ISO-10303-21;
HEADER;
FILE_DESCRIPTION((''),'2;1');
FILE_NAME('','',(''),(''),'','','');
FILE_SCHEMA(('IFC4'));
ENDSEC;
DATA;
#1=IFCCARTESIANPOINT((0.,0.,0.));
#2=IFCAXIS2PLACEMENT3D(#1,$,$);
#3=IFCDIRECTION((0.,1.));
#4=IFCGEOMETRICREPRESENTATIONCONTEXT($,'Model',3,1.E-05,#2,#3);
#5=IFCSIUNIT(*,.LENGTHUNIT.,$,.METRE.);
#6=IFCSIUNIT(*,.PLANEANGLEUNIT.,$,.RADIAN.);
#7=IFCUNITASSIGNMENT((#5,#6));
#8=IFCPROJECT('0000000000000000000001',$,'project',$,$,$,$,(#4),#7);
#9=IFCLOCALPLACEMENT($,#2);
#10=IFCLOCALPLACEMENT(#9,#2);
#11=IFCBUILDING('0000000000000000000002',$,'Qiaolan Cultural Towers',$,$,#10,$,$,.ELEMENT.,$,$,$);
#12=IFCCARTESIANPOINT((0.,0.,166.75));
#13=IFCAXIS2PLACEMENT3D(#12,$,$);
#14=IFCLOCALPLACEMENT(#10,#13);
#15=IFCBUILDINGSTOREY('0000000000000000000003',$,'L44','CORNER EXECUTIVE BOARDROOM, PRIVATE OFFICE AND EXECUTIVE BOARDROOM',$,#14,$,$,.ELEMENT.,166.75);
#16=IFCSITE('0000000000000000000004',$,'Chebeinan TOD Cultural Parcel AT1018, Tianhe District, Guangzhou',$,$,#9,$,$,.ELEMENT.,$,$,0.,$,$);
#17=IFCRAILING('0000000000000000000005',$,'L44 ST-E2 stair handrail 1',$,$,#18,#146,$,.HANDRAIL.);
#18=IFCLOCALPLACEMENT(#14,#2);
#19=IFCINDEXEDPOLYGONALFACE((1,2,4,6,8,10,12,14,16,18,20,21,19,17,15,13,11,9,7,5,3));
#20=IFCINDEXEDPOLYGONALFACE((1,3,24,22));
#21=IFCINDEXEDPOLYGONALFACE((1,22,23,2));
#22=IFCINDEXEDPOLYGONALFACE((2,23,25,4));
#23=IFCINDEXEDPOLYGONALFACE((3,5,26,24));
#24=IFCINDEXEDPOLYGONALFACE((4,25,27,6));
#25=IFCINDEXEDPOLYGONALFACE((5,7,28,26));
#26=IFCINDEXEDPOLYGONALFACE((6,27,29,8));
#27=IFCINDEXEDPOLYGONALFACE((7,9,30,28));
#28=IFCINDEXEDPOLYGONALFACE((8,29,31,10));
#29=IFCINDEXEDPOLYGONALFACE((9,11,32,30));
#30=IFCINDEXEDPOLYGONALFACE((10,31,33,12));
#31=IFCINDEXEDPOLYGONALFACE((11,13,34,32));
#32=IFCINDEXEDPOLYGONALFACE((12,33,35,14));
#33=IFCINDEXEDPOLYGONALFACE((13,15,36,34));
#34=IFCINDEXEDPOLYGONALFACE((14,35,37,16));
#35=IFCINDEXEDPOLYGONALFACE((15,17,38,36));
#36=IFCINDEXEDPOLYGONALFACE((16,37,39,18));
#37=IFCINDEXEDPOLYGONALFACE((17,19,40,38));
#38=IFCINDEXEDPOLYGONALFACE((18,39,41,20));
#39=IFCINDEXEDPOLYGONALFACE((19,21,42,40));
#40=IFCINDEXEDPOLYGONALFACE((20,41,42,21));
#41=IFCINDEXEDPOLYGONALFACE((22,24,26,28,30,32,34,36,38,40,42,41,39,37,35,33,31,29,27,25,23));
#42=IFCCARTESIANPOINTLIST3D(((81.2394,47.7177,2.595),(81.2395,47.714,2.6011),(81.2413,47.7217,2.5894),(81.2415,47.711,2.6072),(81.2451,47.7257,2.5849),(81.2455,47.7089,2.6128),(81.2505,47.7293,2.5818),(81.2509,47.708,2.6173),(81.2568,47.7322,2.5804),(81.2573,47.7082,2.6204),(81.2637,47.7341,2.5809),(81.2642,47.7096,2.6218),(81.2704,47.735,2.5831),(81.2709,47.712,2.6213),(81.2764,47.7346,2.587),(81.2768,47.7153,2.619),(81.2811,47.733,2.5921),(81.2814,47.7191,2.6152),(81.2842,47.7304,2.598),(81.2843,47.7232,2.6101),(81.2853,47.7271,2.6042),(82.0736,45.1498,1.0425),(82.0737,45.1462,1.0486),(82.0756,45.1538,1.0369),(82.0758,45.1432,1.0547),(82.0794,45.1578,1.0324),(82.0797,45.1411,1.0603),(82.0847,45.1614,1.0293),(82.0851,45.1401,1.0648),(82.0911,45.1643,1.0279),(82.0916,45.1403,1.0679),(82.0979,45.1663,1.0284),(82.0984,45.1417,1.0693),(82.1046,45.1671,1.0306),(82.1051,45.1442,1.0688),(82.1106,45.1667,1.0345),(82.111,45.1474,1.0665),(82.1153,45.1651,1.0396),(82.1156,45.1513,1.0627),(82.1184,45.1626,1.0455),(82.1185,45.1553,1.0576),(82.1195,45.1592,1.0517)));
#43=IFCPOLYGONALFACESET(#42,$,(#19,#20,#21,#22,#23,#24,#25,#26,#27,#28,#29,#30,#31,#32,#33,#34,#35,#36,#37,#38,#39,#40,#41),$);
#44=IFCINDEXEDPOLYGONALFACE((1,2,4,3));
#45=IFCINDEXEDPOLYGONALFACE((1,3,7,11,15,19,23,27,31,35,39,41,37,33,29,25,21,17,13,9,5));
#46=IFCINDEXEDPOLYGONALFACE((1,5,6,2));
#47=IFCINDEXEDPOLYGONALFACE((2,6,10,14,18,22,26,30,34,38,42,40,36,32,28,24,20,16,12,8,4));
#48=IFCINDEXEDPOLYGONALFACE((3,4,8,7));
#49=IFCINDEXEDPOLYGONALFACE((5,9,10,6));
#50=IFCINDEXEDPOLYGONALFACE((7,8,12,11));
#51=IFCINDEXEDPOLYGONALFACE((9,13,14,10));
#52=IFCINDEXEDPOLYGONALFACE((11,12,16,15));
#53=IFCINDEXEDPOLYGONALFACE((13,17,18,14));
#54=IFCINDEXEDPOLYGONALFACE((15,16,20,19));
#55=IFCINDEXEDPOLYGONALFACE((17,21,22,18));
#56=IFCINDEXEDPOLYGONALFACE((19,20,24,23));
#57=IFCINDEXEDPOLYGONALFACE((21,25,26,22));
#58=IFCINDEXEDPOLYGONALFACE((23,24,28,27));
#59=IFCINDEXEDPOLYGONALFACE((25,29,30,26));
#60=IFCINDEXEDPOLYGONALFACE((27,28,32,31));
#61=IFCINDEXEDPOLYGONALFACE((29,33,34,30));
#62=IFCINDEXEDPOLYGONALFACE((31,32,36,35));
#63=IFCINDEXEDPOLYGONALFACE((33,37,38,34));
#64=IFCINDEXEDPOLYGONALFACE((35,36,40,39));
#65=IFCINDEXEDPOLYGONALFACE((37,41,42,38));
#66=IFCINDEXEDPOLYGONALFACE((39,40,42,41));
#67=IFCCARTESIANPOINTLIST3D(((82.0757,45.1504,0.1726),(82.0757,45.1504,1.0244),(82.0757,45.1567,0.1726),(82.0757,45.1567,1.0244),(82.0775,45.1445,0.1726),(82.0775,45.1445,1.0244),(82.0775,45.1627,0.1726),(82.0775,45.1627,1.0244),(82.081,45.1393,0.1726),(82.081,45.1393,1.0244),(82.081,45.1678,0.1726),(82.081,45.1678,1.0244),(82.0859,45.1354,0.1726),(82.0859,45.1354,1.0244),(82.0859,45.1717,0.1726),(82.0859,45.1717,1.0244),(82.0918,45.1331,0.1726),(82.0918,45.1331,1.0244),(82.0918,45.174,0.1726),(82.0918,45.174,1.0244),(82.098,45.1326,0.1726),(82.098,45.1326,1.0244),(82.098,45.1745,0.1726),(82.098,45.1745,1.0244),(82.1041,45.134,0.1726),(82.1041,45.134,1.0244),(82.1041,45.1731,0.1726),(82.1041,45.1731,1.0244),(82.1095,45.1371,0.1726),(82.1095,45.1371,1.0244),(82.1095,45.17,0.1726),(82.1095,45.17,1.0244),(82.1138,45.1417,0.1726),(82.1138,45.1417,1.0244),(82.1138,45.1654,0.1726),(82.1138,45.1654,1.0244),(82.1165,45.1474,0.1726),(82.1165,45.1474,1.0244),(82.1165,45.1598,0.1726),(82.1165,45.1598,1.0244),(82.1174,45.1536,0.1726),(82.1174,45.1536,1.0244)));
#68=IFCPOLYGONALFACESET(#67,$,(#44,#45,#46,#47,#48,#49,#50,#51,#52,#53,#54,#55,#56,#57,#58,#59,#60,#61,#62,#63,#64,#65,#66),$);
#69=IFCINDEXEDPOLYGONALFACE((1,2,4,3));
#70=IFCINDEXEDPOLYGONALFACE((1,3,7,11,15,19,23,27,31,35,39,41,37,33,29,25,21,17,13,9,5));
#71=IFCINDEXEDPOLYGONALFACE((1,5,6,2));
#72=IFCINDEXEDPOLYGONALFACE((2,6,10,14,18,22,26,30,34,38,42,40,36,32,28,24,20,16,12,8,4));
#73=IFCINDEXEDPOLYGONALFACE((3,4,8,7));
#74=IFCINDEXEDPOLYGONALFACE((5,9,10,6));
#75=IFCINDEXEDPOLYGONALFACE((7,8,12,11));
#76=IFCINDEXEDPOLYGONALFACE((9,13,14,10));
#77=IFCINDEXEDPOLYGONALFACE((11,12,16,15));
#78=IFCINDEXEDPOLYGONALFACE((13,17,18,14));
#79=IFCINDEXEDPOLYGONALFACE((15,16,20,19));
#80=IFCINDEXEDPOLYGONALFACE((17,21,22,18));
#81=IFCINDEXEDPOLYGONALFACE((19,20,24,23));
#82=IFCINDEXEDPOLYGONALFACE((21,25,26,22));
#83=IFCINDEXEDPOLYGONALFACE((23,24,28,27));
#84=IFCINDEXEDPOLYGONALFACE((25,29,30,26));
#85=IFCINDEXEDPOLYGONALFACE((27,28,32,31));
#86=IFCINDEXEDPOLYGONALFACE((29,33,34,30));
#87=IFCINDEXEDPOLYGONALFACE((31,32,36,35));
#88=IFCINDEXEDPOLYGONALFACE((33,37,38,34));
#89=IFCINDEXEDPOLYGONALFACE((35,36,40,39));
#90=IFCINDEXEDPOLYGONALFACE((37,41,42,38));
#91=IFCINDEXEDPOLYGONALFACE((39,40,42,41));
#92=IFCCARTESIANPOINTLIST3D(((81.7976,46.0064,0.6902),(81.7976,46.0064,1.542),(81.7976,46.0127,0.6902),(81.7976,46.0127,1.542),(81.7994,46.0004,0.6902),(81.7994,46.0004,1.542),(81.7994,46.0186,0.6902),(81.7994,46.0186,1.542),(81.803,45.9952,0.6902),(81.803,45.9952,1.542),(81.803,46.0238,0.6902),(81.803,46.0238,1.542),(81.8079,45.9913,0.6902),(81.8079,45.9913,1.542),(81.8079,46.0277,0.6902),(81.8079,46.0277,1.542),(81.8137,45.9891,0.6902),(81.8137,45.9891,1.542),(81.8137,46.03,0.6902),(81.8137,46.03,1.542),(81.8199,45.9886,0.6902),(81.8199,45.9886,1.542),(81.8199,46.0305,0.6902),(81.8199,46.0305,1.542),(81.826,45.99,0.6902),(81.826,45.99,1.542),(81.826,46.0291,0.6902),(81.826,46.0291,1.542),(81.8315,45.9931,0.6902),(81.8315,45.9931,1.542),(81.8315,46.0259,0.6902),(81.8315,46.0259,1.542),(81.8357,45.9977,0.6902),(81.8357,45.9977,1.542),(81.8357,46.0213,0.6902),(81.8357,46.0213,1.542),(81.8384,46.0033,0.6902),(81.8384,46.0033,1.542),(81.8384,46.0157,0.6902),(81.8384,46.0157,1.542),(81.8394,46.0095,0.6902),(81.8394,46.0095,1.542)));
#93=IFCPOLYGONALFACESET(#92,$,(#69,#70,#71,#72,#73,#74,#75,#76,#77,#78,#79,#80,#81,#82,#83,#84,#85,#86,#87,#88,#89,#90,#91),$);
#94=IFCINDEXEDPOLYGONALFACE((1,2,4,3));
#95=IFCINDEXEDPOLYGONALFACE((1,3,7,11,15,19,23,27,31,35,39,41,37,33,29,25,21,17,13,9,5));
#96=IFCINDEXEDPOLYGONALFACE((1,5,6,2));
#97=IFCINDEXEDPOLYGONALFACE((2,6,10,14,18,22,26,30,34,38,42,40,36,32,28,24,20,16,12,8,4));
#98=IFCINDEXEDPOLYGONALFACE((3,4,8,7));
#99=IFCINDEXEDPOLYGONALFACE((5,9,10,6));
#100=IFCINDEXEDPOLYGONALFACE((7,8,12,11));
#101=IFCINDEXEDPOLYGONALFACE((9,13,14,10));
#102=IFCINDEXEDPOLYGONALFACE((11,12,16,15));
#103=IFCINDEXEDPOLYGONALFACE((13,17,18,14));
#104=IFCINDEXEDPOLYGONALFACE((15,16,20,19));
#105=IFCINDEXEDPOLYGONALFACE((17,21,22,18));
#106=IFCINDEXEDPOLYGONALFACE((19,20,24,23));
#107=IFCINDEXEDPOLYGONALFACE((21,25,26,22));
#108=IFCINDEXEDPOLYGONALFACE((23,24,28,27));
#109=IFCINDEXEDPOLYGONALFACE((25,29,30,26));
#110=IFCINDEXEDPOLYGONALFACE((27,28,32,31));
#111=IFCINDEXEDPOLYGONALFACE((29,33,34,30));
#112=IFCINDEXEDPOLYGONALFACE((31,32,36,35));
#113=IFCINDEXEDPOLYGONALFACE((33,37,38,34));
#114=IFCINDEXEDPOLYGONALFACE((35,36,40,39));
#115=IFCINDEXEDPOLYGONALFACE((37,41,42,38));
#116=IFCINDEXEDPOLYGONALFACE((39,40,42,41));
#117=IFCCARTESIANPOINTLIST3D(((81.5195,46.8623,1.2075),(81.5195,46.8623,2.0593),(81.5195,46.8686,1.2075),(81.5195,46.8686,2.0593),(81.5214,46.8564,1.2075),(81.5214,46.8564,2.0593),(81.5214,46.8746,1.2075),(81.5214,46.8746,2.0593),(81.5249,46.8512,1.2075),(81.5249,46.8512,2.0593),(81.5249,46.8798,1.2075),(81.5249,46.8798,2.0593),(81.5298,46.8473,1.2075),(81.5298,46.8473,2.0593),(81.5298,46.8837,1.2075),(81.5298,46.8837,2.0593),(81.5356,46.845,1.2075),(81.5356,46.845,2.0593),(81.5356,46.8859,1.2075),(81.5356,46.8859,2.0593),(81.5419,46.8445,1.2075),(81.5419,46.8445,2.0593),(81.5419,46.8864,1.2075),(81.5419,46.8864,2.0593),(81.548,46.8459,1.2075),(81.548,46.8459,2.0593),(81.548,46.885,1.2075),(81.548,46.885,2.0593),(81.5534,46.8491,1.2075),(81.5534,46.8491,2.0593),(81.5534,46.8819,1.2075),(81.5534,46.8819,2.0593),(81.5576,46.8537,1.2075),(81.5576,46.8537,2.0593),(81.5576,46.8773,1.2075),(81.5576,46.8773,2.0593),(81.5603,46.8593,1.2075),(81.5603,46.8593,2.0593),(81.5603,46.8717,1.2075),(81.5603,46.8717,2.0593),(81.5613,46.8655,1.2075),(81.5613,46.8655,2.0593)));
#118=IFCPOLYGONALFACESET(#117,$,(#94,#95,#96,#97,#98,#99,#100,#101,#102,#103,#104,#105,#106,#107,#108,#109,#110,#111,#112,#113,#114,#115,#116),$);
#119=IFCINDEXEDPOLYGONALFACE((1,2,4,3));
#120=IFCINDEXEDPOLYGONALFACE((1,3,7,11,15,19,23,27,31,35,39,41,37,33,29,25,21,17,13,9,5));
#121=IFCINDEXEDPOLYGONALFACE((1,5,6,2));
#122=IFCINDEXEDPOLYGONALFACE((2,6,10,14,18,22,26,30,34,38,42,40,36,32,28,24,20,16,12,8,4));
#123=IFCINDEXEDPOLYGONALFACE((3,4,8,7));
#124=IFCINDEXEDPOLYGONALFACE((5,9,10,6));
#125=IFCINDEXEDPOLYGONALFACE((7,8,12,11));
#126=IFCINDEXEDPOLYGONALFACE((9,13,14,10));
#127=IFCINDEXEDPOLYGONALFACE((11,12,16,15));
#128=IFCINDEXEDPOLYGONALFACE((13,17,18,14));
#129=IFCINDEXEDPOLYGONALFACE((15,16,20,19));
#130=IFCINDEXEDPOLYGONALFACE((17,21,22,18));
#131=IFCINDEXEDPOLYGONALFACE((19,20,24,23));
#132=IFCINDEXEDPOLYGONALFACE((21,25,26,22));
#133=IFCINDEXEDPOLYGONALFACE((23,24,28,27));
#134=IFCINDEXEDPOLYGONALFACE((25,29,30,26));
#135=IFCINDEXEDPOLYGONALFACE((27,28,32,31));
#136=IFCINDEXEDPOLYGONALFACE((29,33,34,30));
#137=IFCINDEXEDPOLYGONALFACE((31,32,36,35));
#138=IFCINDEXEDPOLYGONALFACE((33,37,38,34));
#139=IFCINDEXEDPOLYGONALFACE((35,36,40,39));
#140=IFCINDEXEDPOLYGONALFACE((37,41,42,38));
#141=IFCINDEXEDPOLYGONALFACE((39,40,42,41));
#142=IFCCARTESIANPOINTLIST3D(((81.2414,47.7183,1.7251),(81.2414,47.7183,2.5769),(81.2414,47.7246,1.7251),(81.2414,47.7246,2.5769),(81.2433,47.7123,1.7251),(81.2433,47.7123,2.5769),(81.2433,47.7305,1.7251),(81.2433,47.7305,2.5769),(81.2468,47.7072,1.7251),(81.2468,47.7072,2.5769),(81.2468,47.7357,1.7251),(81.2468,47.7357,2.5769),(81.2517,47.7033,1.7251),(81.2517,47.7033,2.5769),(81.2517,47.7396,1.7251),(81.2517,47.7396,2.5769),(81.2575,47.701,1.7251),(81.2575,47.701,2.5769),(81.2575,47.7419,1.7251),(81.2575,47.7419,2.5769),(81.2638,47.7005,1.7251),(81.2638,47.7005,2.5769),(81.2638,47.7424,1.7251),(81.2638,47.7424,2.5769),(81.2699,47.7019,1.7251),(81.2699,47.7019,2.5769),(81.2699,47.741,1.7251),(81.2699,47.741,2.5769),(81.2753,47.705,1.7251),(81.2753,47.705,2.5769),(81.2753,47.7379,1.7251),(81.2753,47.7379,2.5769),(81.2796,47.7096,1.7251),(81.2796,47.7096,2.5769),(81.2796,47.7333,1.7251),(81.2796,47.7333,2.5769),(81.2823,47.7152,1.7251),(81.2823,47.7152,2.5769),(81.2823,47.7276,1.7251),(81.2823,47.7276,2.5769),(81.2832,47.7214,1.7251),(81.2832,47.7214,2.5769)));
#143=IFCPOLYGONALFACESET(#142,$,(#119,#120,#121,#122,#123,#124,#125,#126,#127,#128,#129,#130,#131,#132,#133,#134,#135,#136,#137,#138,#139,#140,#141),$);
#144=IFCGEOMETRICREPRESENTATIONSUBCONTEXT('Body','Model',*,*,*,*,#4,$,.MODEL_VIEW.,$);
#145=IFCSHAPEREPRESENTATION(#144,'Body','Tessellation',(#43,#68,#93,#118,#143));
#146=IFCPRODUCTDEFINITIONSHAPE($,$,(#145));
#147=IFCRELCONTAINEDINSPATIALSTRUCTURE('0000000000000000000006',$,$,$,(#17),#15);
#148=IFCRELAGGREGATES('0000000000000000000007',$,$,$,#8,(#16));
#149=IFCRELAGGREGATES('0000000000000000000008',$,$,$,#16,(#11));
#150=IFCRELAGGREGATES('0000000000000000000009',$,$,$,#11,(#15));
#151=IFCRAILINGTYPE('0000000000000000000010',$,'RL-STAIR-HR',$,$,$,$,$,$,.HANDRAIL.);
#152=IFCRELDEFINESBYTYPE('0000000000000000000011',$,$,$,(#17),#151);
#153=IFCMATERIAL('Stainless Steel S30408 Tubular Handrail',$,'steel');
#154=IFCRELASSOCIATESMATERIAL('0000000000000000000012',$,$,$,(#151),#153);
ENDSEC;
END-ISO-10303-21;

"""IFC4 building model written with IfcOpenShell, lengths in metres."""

from ifc_helpers import new_model, si_unit, direction, frame, origin, origin_2d, place, context, subcontext, project, spatial, circle, extrude, material, type_object, element, save


model = new_model("IFC4")

# Units and contexts
model_context = context("Model", 3, precision=1e-05, world=origin(), true_north=direction((0.0, 1.0)))
body_context = subcontext(model_context, "Body", "Model", "MODEL_VIEW")
ifc_project = project(units=[si_unit("LENGTHUNIT", "METRE"), si_unit("PLANEANGLEUNIT", "RADIAN")], contexts=[model_context])

# Site, building, storey
site_placement = place(None, origin())
site = spatial("IfcSite", under=ifc_project, at=site_placement, Name="Chebeinan TOD Cultural Parcel AT1018, Tianhe District, Guangzhou", CompositionType="ELEMENT", RefElevation=0.0)
building_placement = place(site_placement, origin())
building = spatial("IfcBuilding", under=site, at=building_placement, Name="Qiaolan Cultural Towers", CompositionType="ELEMENT")
storey_placement = place(building_placement, frame((0.0, 0.0, 166.75)))
storey = spatial("IfcBuildingStorey", under=building, at=storey_placement, Name="L44", Description="CORNER EXECUTIVE BOARDROOM, PRIVATE OFFICE AND EXECUTIVE BOARDROOM", CompositionType="ELEMENT", Elevation=166.75)

# Railing
ifc_material_1 = material(Name="Stainless Steel S30408 Tubular Handrail", Category="steel")
railing_type_1 = type_object("IfcRailingType", Name="RL-STAIR-HR", PredefinedType="HANDRAIL", material=ifc_material_1)
railing_1_placement = place(storey_placement, frame((82.0964, 45.1536, 0.1726)))
element("IfcRailing", 1, at=railing_1_placement, inside=storey, type_object=railing_type_1, Name="L44 ST-E2 stair handrail 1", PredefinedType="HANDRAIL", context=body_context, shape_type="SweptSolid", body=[
    extrude(circle(Radius=0.0239, at=origin_2d()), frame((0.0, 0.0, 0.876), z_axis=(-0.267853, 0.824488, 0.498471), x_axis=(-0.95107, -0.308976, 0.0)), (0.0, 0.0, 1.0), 3.1145),
    extrude(circle(Radius=0.021, at=origin_2d()), origin(), (0.0, 0.0, 1.0), 0.8518),
    extrude(circle(Radius=0.021, at=origin_2d()), frame((-0.2781, 0.856, 0.5176)), (0.0, 0.0, 1.0), 0.8518),
    extrude(circle(Radius=0.021, at=origin_2d()), frame((-0.5562, 1.7119, 1.0349)), (0.0, 0.0, 1.0), 0.8518),
    extrude(circle(Radius=0.021, at=origin_2d()), frame((-0.8342, 2.5679, 1.5525)), (0.0, 0.0, 1.0), 0.8518),
])

save(model, "model.ifc")
